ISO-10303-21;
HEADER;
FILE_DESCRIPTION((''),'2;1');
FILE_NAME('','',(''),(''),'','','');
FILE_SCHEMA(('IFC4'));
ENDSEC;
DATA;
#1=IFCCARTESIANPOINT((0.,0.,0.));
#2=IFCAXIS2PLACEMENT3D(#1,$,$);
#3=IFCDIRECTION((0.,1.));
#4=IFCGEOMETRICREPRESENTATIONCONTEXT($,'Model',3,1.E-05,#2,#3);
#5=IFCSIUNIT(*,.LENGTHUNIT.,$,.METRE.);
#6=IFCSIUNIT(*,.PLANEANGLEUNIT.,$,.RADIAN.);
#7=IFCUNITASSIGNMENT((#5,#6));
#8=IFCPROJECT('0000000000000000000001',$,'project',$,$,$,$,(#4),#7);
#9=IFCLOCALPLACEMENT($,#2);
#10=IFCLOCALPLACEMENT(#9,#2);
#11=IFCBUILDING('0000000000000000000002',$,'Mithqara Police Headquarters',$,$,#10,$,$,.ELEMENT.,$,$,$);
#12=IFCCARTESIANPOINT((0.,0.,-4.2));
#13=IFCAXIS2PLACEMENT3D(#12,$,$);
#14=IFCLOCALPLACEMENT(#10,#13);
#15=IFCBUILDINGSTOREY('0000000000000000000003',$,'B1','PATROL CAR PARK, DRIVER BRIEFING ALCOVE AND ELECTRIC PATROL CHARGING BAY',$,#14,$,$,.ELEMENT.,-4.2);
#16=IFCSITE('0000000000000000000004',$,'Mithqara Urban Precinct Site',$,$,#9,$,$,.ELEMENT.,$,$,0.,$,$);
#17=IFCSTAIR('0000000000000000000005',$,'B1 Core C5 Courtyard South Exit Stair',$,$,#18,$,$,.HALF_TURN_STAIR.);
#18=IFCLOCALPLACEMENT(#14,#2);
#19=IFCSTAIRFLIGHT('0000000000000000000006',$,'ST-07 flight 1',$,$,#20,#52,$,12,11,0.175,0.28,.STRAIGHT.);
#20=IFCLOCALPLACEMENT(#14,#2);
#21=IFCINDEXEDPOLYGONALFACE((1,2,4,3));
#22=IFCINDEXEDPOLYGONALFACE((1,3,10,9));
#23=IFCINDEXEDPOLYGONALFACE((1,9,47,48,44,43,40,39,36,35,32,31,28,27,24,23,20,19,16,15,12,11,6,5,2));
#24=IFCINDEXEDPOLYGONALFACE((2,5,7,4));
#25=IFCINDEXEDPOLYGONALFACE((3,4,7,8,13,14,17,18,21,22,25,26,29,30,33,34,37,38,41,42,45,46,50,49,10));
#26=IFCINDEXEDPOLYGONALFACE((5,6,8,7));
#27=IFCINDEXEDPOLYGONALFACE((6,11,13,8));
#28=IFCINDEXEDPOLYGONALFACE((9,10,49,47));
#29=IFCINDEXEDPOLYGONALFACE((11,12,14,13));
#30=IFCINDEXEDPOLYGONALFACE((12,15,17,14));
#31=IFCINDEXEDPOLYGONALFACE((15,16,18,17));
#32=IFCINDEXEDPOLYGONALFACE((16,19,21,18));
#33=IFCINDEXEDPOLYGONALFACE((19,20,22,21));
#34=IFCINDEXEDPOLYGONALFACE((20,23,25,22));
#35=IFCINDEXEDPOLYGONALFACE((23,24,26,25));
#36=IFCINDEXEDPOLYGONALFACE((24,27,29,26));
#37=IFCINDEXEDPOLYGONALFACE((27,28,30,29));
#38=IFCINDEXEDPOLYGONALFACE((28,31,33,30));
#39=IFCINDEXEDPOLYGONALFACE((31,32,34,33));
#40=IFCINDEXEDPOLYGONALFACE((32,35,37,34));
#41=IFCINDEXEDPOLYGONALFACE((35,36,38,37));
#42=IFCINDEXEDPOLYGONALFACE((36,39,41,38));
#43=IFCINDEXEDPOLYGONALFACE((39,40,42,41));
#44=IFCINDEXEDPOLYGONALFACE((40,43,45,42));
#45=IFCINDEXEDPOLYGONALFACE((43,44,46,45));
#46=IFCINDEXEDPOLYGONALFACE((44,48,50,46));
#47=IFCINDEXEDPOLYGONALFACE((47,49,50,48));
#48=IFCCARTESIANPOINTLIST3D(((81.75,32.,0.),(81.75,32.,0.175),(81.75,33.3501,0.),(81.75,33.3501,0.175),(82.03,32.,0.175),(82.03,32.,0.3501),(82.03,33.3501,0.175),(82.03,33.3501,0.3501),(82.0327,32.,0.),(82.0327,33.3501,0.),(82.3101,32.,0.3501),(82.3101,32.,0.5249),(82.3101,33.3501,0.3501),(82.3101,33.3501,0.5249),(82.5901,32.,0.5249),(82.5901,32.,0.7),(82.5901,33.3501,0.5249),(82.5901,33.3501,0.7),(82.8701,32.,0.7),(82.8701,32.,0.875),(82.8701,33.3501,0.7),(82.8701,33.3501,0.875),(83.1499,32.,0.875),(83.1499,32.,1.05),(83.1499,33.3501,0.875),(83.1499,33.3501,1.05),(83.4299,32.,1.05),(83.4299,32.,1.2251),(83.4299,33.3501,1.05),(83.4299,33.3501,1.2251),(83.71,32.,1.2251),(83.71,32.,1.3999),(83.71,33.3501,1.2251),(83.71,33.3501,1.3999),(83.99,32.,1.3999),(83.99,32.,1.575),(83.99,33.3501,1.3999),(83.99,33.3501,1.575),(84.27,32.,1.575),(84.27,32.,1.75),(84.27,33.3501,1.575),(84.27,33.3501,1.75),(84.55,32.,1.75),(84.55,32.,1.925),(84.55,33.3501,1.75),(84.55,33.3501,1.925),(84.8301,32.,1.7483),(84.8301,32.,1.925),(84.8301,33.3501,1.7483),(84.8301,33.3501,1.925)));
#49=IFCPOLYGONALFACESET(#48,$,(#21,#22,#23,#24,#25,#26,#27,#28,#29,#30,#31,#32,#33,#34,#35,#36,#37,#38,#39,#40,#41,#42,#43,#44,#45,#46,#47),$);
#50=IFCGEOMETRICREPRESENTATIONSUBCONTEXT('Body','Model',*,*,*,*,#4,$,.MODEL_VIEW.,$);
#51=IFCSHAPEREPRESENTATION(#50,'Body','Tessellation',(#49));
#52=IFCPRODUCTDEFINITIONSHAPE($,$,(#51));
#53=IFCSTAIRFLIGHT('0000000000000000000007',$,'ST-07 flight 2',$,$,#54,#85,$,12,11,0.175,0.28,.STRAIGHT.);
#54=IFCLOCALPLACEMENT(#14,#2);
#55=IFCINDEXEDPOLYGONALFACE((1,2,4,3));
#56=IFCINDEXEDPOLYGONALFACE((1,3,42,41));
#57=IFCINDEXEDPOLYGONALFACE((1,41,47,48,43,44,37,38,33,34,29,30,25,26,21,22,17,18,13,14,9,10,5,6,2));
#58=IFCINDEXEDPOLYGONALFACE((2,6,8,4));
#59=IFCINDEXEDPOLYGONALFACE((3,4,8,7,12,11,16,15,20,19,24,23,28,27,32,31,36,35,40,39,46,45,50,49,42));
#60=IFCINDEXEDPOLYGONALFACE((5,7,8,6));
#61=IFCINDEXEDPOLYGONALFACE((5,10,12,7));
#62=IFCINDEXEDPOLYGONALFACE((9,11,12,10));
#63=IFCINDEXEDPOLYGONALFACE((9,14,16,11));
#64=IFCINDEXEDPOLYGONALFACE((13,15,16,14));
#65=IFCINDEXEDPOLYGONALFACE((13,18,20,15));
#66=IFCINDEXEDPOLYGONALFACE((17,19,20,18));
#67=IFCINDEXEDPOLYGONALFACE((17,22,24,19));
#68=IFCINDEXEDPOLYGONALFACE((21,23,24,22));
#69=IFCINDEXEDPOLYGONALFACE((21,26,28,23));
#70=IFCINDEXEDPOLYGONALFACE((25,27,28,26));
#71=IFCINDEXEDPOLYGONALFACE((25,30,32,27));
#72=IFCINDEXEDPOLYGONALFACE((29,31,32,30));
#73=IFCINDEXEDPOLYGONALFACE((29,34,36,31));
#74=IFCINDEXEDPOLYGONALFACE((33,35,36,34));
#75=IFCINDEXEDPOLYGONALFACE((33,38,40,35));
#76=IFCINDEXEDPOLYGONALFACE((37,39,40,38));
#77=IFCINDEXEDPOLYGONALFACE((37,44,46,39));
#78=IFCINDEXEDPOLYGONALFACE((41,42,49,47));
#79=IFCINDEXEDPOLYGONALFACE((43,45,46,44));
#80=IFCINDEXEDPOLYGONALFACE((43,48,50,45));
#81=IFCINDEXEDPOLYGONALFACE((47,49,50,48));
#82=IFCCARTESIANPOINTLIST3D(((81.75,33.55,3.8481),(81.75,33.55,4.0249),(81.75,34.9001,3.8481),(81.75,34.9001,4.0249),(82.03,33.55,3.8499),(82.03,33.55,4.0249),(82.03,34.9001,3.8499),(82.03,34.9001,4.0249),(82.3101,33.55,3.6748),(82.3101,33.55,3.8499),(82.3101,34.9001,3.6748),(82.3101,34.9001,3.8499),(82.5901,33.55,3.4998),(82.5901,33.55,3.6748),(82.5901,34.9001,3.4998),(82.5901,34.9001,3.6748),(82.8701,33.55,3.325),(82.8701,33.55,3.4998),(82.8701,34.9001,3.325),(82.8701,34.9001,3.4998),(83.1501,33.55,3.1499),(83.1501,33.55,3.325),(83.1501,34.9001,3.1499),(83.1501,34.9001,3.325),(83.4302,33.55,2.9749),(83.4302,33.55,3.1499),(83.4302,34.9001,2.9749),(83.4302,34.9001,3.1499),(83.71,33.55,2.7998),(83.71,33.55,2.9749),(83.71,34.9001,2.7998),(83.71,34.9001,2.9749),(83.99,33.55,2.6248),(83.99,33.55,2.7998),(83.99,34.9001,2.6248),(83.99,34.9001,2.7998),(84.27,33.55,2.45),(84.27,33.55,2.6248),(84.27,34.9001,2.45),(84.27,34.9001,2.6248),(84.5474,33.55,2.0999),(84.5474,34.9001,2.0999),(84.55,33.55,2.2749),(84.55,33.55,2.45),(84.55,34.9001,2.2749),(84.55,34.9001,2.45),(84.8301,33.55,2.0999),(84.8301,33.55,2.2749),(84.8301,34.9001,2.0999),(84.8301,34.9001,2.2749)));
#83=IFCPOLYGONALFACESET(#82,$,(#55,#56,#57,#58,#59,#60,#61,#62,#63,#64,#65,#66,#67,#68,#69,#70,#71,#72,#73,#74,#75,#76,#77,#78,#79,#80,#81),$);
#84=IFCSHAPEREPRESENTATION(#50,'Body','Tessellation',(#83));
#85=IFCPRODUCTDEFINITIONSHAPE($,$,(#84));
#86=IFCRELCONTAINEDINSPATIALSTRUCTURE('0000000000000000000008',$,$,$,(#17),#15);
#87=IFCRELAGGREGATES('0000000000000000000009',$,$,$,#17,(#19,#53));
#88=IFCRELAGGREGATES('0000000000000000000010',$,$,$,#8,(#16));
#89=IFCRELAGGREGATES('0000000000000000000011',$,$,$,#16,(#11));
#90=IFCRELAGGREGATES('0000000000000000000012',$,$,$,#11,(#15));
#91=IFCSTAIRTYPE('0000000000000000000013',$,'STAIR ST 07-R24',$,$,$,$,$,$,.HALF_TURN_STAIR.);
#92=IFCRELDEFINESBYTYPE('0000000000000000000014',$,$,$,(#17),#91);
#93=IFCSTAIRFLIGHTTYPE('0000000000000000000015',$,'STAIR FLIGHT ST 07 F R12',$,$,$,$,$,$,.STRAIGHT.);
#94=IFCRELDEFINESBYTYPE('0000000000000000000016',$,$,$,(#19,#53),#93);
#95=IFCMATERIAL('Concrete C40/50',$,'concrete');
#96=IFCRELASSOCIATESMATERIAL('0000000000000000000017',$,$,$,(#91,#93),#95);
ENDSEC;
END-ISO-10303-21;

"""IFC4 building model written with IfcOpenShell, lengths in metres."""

from ifc_helpers import new_model, si_unit, direction, frame, origin, place, context, subcontext, project, spatial, polyline, outline, extrude, material, type_object, element, aggregate, save


model = new_model("IFC4")

# Units and contexts
model_context = context("Model", 3, precision=1e-05, world=origin(), true_north=direction((0.0, 1.0)))
body_context = subcontext(model_context, "Body", "Model", "MODEL_VIEW")
ifc_project = project(units=[si_unit("LENGTHUNIT", "METRE"), si_unit("PLANEANGLEUNIT", "RADIAN")], contexts=[model_context])

# Site, building, storey
site_placement = place(None, origin())
site = spatial("IfcSite", under=ifc_project, at=site_placement, Name="Mithqara Urban Precinct Site", CompositionType="ELEMENT", RefElevation=0.0)
building_placement = place(site_placement, origin())
building = spatial("IfcBuilding", under=site, at=building_placement, Name="Mithqara Police Headquarters", CompositionType="ELEMENT")
storey_placement = place(building_placement, frame((0.0, 0.0, -4.2)))
storey = spatial("IfcBuildingStorey", under=building, at=storey_placement, Name="B1", Description="PATROL CAR PARK, DRIVER BRIEFING ALCOVE AND ELECTRIC PATROL CHARGING BAY", CompositionType="ELEMENT", Elevation=-4.2)

# Shared definitions
ifc_material_1 = material(Name="Concrete C40/50", Category="concrete")

# Stair, stair flights
stair_type = type_object("IfcStairType", Name="STAIR ST 07-R24", PredefinedType="HALF_TURN_STAIR", material=ifc_material_1)
stair_placement = place(storey_placement, origin())
stair = element("IfcStair", 1, at=stair_placement, inside=storey, type_object=stair_type, Name="B1 Core C5 Courtyard South Exit Stair", PredefinedType="HALF_TURN_STAIR")
stair_flight_type = type_object("IfcStairFlightType", Name="STAIR FLIGHT ST 07 F R12", PredefinedType="STRAIGHT", material=ifc_material_1)
stair_flight_1_placement = place(storey_placement, frame((81.75, 32.675, 0.0), z_axis=(0.0, 0.0, 1.0), x_axis=(1.0, 0.0, 0.0)))
stair_flight_1 = element("IfcStairFlight", 2, at=stair_flight_1_placement, type_object=stair_flight_type, Name="ST-07 flight 1", NumberOfRisers=12, NumberOfTreads=11, PredefinedType="STRAIGHT", RiserHeight=0.175, TreadLength=0.28, context=body_context, shape_type="SweptSolid", body=[
    extrude(outline(polyline([(0.0, 0.0), (0.0, 0.175), (0.28, 0.175), (0.28, 0.3501), (0.5601, 0.3501), (0.5601, 0.5249), (0.8401, 0.5249), (0.8401, 0.7), (1.1201, 0.7), (1.1201, 0.875), (1.3999, 0.875), (1.3999, 1.05), (1.6799, 1.05), (1.6799, 1.2251), (1.96, 1.2251), (1.96, 1.3999), (2.24, 1.3999), (2.24, 1.575), (2.52, 1.575), (2.52, 1.75), (2.8, 1.75), (2.8, 1.925), (3.0801, 1.925), (3.0801, 2.1001), (3.0801, 1.7483), (0.2827, 0.0), (0.0, 0.0)])), frame((0.0, 0.675, 0.0), z_axis=(0.0, -1.0, 0.0), x_axis=(1.0, 0.0, 0.0)), (0.0, 0.0, 1.0), 1.3501),
])
stair_flight_2_placement = place(storey_placement, frame((84.8301, 34.2251, 2.0999), z_axis=(0.0, 0.0, 1.0), x_axis=(-1.0, 0.0, 0.0)))
stair_flight_2 = element("IfcStairFlight", 3, at=stair_flight_2_placement, type_object=stair_flight_type, Name="ST-07 flight 2", NumberOfRisers=12, NumberOfTreads=11, PredefinedType="STRAIGHT", RiserHeight=0.175, TreadLength=0.28, context=body_context, shape_type="SweptSolid", body=[
    extrude(outline(polyline([(0.0, 0.0), (0.0, 0.175), (0.28, 0.175), (0.28, 0.3501), (0.5601, 0.3501), (0.5601, 0.5249), (0.8401, 0.5249), (0.8401, 0.7), (1.1201, 0.7), (1.1201, 0.875), (1.3999, 0.875), (1.3999, 1.05), (1.6799, 1.05), (1.6799, 1.2251), (1.96, 1.2251), (1.96, 1.3999), (2.24, 1.3999), (2.24, 1.575), (2.52, 1.575), (2.52, 1.75), (2.8, 1.75), (2.8, 1.925), (3.0801, 1.925), (3.0801, 2.1001), (3.0801, 1.7483), (0.2827, 0.0), (0.0, 0.0)])), frame((0.0, 0.675, 0.0), z_axis=(0.0, -1.0, 0.0), x_axis=(1.0, 0.0, 0.0)), (0.0, 0.0, 1.0), 1.3501),
])
aggregate(stair, [stair_flight_1, stair_flight_2])

save(model, "model.ifc")
